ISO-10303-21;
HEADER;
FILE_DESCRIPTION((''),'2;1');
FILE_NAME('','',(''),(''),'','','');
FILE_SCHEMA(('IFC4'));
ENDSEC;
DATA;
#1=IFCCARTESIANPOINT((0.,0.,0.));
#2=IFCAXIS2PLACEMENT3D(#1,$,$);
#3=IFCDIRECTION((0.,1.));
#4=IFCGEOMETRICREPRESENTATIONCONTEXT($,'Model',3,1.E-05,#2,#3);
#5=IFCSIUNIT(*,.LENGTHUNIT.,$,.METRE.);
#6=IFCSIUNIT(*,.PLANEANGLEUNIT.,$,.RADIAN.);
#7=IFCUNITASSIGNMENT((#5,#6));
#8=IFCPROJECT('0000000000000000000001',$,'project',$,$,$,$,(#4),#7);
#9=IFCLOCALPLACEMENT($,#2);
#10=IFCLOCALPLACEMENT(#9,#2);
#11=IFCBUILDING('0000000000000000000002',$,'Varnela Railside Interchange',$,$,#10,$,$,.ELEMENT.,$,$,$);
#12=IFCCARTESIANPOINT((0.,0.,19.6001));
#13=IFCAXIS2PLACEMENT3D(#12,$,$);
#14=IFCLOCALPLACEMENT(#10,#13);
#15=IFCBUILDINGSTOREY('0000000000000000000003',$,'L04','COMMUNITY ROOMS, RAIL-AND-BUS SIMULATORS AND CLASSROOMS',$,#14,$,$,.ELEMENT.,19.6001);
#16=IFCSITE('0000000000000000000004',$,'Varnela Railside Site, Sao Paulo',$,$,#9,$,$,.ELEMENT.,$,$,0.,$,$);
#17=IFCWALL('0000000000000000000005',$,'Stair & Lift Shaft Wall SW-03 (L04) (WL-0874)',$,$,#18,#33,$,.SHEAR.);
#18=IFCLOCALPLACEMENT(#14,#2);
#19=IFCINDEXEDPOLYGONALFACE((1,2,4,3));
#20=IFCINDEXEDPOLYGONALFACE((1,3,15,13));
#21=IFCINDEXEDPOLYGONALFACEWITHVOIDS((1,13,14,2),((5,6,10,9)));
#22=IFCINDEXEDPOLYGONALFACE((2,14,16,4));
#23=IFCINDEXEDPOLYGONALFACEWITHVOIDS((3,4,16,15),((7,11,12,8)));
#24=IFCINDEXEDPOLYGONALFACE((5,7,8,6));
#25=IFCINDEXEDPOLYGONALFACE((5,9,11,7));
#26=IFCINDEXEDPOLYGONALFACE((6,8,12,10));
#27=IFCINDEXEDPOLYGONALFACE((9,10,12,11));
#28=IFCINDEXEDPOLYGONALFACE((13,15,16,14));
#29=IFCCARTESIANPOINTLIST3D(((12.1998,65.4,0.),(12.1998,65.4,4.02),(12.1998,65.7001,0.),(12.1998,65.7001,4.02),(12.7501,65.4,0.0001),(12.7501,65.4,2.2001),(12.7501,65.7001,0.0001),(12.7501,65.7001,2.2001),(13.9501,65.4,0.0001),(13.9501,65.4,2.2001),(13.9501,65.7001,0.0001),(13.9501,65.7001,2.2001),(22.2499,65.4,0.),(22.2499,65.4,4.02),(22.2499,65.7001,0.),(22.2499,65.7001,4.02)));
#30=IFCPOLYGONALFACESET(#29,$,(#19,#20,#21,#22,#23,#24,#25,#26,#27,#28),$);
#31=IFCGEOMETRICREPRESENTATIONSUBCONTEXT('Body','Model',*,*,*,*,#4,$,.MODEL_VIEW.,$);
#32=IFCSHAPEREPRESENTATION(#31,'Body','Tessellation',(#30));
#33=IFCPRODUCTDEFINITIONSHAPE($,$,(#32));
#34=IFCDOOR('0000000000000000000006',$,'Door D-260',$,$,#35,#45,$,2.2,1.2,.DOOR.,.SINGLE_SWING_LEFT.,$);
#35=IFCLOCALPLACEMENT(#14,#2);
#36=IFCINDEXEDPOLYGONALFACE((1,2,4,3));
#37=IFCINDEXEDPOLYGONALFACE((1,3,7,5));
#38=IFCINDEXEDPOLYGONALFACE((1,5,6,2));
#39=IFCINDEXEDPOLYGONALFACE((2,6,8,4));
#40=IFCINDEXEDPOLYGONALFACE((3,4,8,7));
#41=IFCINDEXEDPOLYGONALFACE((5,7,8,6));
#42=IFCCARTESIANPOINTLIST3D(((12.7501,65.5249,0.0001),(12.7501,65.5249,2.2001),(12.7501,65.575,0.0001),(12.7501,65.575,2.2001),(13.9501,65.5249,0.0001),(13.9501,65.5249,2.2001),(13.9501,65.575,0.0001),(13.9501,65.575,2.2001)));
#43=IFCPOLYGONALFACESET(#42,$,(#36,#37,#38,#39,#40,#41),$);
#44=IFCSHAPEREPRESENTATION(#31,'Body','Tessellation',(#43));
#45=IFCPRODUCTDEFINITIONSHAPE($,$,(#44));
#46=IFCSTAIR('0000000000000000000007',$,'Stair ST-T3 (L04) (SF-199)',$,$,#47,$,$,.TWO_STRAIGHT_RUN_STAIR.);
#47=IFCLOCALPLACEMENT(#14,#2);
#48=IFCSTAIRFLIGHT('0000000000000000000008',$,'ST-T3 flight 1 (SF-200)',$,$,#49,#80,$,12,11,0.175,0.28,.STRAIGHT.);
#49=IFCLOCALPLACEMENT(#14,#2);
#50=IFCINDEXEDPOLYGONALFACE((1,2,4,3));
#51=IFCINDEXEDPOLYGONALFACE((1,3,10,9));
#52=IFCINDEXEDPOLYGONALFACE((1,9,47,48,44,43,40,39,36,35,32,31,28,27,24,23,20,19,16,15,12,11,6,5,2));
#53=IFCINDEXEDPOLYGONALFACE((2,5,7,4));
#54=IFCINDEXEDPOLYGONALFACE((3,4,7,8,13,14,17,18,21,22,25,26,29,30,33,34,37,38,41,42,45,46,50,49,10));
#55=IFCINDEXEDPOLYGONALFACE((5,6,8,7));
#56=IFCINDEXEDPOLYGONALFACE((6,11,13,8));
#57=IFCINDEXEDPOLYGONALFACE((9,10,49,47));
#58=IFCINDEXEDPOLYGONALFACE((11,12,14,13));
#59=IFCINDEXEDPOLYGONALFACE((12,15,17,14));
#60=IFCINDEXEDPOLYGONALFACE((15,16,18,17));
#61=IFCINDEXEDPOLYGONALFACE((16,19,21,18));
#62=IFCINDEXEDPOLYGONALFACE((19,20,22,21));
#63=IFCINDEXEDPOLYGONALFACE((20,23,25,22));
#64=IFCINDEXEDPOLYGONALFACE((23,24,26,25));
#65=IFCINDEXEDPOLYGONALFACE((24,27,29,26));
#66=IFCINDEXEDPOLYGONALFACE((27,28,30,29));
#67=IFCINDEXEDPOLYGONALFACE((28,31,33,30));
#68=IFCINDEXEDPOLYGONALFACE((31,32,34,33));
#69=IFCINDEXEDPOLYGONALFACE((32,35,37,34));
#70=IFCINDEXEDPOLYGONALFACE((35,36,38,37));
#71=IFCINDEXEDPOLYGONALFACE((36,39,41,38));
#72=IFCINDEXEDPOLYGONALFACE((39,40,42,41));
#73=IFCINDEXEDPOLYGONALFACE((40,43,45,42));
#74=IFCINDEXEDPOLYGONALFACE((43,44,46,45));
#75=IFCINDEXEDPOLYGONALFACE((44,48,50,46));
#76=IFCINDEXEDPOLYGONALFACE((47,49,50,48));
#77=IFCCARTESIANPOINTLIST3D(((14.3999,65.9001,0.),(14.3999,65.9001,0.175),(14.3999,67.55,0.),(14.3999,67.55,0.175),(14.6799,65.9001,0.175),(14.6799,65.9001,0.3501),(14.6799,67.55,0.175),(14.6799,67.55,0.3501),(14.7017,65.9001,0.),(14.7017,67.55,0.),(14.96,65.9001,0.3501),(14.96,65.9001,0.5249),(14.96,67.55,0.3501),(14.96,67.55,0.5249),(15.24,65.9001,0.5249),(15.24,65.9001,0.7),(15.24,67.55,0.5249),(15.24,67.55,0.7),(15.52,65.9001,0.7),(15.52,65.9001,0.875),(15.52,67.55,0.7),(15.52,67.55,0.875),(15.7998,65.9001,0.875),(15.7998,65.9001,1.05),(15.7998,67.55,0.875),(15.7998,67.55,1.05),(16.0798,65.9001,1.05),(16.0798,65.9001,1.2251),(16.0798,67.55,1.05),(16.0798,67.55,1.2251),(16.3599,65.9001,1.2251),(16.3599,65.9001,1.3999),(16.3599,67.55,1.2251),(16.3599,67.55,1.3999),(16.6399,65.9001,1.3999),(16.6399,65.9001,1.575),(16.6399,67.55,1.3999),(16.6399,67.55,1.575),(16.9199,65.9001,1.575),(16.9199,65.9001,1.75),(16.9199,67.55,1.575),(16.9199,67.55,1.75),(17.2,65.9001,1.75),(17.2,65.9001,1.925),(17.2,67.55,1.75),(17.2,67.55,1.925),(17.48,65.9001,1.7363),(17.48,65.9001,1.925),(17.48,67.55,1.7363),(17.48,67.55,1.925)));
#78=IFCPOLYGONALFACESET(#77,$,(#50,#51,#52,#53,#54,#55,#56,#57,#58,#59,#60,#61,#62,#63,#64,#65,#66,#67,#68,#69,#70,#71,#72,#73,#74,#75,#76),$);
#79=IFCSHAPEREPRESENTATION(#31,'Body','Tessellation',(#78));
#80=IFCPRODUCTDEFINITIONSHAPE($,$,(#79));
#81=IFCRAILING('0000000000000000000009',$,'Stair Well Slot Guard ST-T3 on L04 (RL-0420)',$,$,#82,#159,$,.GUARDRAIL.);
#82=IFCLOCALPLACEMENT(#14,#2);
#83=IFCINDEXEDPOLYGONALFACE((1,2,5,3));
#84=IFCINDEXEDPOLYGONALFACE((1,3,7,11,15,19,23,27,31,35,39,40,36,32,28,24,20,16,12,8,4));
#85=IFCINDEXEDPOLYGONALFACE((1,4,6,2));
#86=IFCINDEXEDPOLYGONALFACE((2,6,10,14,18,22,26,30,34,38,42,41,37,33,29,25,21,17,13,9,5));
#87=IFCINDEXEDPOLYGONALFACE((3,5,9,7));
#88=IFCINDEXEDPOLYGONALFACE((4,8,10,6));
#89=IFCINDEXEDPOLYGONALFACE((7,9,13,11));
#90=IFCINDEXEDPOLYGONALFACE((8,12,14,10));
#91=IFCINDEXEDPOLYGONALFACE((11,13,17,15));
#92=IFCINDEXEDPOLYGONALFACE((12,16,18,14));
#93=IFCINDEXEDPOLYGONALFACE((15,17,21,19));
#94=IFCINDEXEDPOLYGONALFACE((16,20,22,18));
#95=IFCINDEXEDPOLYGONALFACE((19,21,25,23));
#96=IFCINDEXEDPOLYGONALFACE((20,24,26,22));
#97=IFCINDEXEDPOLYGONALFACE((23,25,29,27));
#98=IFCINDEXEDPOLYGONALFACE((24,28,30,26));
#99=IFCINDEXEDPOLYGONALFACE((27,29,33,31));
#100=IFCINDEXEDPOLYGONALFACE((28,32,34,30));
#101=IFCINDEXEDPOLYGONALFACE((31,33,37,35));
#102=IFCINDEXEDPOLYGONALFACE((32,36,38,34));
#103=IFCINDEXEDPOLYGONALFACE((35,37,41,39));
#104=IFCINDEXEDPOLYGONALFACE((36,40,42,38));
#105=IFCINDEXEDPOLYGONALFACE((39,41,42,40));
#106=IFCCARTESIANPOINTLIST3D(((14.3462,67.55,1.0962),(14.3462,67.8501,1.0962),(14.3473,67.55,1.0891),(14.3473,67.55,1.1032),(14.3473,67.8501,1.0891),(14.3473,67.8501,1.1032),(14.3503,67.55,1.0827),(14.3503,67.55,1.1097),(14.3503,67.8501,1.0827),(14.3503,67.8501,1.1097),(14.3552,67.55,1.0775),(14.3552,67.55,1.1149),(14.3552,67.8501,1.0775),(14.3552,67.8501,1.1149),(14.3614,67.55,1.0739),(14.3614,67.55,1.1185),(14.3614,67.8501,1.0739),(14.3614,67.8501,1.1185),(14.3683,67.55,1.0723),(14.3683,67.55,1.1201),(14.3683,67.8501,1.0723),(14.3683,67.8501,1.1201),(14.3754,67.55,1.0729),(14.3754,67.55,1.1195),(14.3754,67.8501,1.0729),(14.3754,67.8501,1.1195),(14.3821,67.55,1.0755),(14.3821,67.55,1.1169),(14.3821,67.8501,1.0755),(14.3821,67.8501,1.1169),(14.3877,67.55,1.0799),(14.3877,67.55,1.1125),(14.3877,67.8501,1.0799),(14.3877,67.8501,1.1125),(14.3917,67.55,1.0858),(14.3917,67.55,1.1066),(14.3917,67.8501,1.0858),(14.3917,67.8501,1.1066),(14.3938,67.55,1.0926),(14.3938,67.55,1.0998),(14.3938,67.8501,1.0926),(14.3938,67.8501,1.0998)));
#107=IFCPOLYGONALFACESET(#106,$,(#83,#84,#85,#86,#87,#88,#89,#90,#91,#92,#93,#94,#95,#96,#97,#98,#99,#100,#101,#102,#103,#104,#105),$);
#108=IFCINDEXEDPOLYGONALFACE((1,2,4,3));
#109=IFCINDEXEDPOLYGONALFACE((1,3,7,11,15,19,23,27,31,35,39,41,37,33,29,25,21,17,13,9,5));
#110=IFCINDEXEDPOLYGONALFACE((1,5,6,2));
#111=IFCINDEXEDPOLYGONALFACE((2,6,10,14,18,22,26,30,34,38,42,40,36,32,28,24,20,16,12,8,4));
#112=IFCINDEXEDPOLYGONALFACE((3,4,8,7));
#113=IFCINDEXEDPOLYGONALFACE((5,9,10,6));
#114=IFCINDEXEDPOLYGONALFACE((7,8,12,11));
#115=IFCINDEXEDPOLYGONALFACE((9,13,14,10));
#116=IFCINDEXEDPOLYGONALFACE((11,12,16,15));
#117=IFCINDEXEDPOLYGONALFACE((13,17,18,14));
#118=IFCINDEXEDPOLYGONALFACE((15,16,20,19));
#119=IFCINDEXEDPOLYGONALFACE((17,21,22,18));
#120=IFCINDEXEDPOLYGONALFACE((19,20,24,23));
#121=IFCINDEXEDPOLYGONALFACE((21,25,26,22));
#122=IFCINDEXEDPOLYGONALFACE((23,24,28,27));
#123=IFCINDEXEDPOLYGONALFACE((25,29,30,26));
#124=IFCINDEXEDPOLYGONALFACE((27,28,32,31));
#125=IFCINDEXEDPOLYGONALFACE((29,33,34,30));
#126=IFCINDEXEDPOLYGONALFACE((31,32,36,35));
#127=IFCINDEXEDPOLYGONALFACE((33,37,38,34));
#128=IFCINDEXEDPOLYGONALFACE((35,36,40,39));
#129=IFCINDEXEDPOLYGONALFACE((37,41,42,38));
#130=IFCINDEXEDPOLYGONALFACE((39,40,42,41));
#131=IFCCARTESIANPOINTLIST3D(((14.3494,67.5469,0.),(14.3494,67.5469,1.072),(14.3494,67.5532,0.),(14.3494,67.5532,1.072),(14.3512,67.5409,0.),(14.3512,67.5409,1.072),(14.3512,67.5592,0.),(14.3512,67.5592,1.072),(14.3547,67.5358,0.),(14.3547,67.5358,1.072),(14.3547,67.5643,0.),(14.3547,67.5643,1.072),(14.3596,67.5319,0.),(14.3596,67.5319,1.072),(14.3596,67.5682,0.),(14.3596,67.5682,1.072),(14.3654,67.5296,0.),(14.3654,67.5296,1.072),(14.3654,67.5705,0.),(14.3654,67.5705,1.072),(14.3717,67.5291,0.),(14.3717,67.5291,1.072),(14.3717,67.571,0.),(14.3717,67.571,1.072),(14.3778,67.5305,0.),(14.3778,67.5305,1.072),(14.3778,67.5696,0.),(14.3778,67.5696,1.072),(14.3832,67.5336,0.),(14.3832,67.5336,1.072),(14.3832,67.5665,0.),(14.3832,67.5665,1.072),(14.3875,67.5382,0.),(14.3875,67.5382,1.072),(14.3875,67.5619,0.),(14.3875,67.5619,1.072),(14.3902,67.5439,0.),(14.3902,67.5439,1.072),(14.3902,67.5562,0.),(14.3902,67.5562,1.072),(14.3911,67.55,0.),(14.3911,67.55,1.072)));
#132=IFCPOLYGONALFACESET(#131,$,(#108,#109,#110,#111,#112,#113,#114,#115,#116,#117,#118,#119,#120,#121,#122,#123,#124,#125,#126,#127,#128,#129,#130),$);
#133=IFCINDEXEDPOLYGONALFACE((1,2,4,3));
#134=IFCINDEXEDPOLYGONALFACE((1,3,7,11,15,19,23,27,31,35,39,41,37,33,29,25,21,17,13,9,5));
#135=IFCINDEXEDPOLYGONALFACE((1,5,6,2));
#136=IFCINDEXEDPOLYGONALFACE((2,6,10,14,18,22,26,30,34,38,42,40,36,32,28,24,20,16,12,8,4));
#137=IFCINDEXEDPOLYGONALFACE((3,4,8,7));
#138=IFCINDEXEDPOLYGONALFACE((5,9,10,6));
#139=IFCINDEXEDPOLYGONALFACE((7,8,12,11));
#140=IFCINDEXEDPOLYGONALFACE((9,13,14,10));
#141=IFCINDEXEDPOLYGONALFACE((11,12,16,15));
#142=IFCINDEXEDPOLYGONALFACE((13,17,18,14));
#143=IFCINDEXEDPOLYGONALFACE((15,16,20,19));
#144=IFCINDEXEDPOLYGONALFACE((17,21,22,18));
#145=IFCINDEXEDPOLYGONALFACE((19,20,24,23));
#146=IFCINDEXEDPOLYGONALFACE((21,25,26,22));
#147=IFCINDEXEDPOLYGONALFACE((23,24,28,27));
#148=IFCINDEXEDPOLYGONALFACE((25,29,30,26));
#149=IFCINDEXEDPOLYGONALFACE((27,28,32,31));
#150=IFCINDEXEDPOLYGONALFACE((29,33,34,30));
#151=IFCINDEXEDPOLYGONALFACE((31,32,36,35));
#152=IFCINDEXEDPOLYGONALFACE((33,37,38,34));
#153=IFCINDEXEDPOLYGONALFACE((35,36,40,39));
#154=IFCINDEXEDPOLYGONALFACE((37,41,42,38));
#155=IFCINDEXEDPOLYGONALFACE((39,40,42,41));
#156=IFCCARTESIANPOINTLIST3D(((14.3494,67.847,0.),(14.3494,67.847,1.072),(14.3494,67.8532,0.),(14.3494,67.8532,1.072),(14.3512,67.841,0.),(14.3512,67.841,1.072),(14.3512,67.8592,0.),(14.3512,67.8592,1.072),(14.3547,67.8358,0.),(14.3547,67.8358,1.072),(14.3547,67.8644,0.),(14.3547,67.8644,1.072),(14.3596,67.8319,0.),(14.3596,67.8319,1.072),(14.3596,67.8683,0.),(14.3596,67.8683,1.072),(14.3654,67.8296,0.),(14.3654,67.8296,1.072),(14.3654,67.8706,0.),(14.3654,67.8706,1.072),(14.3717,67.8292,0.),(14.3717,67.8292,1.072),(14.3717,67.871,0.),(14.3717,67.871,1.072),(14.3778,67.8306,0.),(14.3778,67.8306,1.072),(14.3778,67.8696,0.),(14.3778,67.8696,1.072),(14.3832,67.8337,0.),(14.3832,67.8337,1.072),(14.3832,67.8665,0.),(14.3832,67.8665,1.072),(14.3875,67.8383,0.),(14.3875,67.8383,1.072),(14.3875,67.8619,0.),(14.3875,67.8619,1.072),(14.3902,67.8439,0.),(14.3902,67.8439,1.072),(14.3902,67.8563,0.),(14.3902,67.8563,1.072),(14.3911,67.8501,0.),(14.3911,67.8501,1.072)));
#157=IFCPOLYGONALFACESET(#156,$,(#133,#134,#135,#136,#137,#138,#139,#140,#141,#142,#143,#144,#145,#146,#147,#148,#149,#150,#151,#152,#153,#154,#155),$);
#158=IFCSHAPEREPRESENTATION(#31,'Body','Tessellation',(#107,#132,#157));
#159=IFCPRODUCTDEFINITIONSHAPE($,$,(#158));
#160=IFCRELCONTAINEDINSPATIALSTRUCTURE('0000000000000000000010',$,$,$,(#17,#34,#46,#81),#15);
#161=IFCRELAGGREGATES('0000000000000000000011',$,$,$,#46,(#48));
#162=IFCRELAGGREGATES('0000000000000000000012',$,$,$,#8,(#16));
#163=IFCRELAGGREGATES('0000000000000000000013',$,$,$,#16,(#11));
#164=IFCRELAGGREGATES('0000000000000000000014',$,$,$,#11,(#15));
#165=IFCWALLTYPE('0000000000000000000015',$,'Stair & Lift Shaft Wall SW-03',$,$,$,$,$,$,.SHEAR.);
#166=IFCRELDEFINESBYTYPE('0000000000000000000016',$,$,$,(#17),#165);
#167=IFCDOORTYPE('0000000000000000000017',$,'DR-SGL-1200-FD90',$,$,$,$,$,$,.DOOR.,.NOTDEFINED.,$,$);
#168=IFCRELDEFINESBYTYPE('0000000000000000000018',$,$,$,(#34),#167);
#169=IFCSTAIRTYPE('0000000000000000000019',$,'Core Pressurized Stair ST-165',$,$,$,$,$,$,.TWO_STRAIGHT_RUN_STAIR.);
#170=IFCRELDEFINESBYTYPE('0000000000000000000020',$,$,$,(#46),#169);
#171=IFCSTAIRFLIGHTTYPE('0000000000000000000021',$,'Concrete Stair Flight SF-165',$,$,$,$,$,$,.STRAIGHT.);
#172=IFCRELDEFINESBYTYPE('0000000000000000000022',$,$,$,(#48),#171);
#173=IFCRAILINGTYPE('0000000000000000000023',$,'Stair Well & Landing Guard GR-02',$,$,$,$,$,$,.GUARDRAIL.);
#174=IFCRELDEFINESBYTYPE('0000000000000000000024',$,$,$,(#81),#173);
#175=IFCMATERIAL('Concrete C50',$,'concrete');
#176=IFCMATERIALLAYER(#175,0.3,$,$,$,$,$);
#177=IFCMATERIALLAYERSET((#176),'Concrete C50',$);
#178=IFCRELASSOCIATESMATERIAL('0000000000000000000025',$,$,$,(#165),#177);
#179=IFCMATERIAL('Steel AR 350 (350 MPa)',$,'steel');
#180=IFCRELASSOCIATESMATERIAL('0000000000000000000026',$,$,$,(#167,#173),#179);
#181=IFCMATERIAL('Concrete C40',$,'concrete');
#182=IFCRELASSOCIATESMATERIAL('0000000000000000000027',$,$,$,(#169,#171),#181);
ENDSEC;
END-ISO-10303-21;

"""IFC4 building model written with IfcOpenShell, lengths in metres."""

from ifc_helpers import new_model, si_unit, direction, frame, frame_2d, origin, origin_2d, place, context, subcontext, project, spatial, polyline, rectangle, circle, outline, extrude, material, layer, layer_set, type_object, element, fill, aggregate, save


model = new_model("IFC4")

# Units and contexts
model_context = context("Model", 3, precision=1e-05, world=origin(), true_north=direction((0.0, 1.0)))
body_context = subcontext(model_context, "Body", "Model", "MODEL_VIEW")
ifc_project = project(units=[si_unit("LENGTHUNIT", "METRE"), si_unit("PLANEANGLEUNIT", "RADIAN")], contexts=[model_context])

# Site, building, storey
site_placement = place(None, origin())
site = spatial("IfcSite", under=ifc_project, at=site_placement, Name="Varnela Railside Site, Sao Paulo", CompositionType="ELEMENT", RefElevation=0.0)
building_placement = place(site_placement, origin())
building = spatial("IfcBuilding", under=site, at=building_placement, Name="Varnela Railside Interchange", CompositionType="ELEMENT")
storey_placement = place(building_placement, frame((0.0, 0.0, 19.6001)))
storey = spatial("IfcBuildingStorey", under=building, at=storey_placement, Name="L04", Description="COMMUNITY ROOMS, RAIL-AND-BUS SIMULATORS AND CLASSROOMS", CompositionType="ELEMENT", Elevation=19.6001)

# Shared definitions
ifc_material_1 = material(Name="Steel AR 350 (350 MPa)", Category="steel")

# Shared definitions
ifc_material_2 = material(Name="Concrete C40", Category="concrete")

# Shared definitions
ifc_material_3 = material(Name="Concrete C50", Category="concrete")
ifc_layer_1 = layer(ifc_material_3, 0.3)
ifc_layer_set_1 = layer_set([ifc_layer_1], Name="Concrete C50")
wall_type_1 = type_object("IfcWallType", Name="Stair & Lift Shaft Wall SW-03", PredefinedType="SHEAR", material=ifc_layer_set_1)
door_type_1 = type_object("IfcDoorType", Name="DR-SGL-1200-FD90", OperationType="NOTDEFINED", PredefinedType="DOOR", material=ifc_material_1)

# Wall, opening, door
wall_1_placement = place(storey_placement, frame((12.2, 65.55, 0.0), z_axis=(0.0, 0.0, 1.0), x_axis=(1.0, 0.0, 0.0)))
wall_1 = element("IfcWall", 1, at=wall_1_placement, inside=storey, type_object=wall_type_1, Name="Stair & Lift Shaft Wall SW-03 (L04) (WL-0874)", PredefinedType="SHEAR", context=body_context, shape_type="SweptSolid", body=[
    extrude(rectangle(XDim=10.05, YDim=0.3, at=frame_2d((5.0249, 0.0))), origin(), (0.0, 0.0, 1.0), 4.02),
])
opening_1_placement = place(wall_1_placement, frame((0.55, 0.0, 0.0)))
opening_1 = element("IfcOpeningElement", 2, at=opening_1_placement, cuts=wall_1, PredefinedType="OPENING", context=body_context, shape_type="SweptSolid", body=[
    extrude(rectangle(XDim=1.2, YDim=2.2, at=frame_2d((0.6001, 1.1001))), frame((0.0, 0.1599, 0.0), z_axis=(0.0, -1.0, 0.0), x_axis=(1.0, 0.0, 0.0)), (0.0, 0.0, 1.0), 0.3201),
])
door_1_placement = place(opening_1_placement, origin())
door_1 = element("IfcDoor", 3, at=door_1_placement, inside=storey, type_object=door_type_1, Name="Door D-260", OperationType="SINGLE_SWING_LEFT", OverallHeight=2.2, OverallWidth=1.2, PredefinedType="DOOR", context=body_context, shape_type="SweptSolid", body=[
    extrude(rectangle(XDim=1.2, YDim=2.2, at=frame_2d((0.6001, 1.1001))), frame((0.0, 0.0249, 0.0), z_axis=(0.0, -1.0, 0.0), x_axis=(1.0, 0.0, 0.0)), (0.0, 0.0, 1.0), 0.05),
])
fill(opening_1, door_1)

# Stair, stair flight
stair_type = type_object("IfcStairType", Name="Core Pressurized Stair ST-165", PredefinedType="TWO_STRAIGHT_RUN_STAIR", material=ifc_material_2)
stair_placement = place(storey_placement, origin())
stair = element("IfcStair", 4, at=stair_placement, inside=storey, type_object=stair_type, Name="Stair ST-T3 (L04) (SF-199)", PredefinedType="TWO_STRAIGHT_RUN_STAIR")
stair_flight_type = type_object("IfcStairFlightType", Name="Concrete Stair Flight SF-165", PredefinedType="STRAIGHT", material=ifc_material_2)
stair_flight_placement = place(storey_placement, frame((14.3999, 66.7251, 0.0), z_axis=(0.0, 0.0, 1.0), x_axis=(1.0, 0.0, 0.0)))
stair_flight = element("IfcStairFlight", 5, at=stair_flight_placement, type_object=stair_flight_type, Name="ST-T3 flight 1 (SF-200)", NumberOfRisers=12, NumberOfTreads=11, PredefinedType="STRAIGHT", RiserHeight=0.175, TreadLength=0.28, context=body_context, shape_type="SweptSolid", body=[
    extrude(outline(polyline([(0.0, 0.0), (0.0, 0.175), (0.28, 0.175), (0.28, 0.3501), (0.5601, 0.3501), (0.5601, 0.5249), (0.8401, 0.5249), (0.8401, 0.7), (1.1201, 0.7), (1.1201, 0.875), (1.3999, 0.875), (1.3999, 1.05), (1.6799, 1.05), (1.6799, 1.2251), (1.96, 1.2251), (1.96, 1.3999), (2.24, 1.3999), (2.24, 1.575), (2.52, 1.575), (2.52, 1.75), (2.8, 1.75), (2.8, 1.925), (3.0801, 1.925), (3.0801, 2.1001), (3.0801, 1.7363), (0.3018, 0.0), (0.0, 0.0)])), frame((0.0, 0.825, 0.0), z_axis=(0.0, -1.0, 0.0), x_axis=(1.0, 0.0, 0.0)), (0.0, 0.0, 1.0), 1.6499),
])
aggregate(stair, [stair_flight])

# Railing
railing_type_1 = type_object("IfcRailingType", Name="Stair Well & Landing Guard GR-02", PredefinedType="GUARDRAIL", material=ifc_material_1)
railing_1_placement = place(storey_placement, frame((14.3701, 67.55, 0.0)))
element("IfcRailing", 6, at=railing_1_placement, inside=storey, type_object=railing_type_1, Name="Stair Well Slot Guard ST-T3 on L04 (RL-0420)", PredefinedType="GUARDRAIL", context=body_context, shape_type="SweptSolid", body=[
    extrude(circle(Radius=0.0239, at=origin_2d()), frame((0.0, 0.0, 1.0962), z_axis=(0.0, 1.0, 0.0), x_axis=(-1.0, 0.0, 0.0)), (0.0, 0.0, 1.0), 0.3),
    extrude(circle(Radius=0.021, at=origin_2d()), origin(), (0.0, 0.0, 1.0), 1.072),
    extrude(circle(Radius=0.021, at=origin_2d()), frame((0.0, 0.3, 0.0)), (0.0, 0.0, 1.0), 1.072),
])

save(model, "model.ifc")
